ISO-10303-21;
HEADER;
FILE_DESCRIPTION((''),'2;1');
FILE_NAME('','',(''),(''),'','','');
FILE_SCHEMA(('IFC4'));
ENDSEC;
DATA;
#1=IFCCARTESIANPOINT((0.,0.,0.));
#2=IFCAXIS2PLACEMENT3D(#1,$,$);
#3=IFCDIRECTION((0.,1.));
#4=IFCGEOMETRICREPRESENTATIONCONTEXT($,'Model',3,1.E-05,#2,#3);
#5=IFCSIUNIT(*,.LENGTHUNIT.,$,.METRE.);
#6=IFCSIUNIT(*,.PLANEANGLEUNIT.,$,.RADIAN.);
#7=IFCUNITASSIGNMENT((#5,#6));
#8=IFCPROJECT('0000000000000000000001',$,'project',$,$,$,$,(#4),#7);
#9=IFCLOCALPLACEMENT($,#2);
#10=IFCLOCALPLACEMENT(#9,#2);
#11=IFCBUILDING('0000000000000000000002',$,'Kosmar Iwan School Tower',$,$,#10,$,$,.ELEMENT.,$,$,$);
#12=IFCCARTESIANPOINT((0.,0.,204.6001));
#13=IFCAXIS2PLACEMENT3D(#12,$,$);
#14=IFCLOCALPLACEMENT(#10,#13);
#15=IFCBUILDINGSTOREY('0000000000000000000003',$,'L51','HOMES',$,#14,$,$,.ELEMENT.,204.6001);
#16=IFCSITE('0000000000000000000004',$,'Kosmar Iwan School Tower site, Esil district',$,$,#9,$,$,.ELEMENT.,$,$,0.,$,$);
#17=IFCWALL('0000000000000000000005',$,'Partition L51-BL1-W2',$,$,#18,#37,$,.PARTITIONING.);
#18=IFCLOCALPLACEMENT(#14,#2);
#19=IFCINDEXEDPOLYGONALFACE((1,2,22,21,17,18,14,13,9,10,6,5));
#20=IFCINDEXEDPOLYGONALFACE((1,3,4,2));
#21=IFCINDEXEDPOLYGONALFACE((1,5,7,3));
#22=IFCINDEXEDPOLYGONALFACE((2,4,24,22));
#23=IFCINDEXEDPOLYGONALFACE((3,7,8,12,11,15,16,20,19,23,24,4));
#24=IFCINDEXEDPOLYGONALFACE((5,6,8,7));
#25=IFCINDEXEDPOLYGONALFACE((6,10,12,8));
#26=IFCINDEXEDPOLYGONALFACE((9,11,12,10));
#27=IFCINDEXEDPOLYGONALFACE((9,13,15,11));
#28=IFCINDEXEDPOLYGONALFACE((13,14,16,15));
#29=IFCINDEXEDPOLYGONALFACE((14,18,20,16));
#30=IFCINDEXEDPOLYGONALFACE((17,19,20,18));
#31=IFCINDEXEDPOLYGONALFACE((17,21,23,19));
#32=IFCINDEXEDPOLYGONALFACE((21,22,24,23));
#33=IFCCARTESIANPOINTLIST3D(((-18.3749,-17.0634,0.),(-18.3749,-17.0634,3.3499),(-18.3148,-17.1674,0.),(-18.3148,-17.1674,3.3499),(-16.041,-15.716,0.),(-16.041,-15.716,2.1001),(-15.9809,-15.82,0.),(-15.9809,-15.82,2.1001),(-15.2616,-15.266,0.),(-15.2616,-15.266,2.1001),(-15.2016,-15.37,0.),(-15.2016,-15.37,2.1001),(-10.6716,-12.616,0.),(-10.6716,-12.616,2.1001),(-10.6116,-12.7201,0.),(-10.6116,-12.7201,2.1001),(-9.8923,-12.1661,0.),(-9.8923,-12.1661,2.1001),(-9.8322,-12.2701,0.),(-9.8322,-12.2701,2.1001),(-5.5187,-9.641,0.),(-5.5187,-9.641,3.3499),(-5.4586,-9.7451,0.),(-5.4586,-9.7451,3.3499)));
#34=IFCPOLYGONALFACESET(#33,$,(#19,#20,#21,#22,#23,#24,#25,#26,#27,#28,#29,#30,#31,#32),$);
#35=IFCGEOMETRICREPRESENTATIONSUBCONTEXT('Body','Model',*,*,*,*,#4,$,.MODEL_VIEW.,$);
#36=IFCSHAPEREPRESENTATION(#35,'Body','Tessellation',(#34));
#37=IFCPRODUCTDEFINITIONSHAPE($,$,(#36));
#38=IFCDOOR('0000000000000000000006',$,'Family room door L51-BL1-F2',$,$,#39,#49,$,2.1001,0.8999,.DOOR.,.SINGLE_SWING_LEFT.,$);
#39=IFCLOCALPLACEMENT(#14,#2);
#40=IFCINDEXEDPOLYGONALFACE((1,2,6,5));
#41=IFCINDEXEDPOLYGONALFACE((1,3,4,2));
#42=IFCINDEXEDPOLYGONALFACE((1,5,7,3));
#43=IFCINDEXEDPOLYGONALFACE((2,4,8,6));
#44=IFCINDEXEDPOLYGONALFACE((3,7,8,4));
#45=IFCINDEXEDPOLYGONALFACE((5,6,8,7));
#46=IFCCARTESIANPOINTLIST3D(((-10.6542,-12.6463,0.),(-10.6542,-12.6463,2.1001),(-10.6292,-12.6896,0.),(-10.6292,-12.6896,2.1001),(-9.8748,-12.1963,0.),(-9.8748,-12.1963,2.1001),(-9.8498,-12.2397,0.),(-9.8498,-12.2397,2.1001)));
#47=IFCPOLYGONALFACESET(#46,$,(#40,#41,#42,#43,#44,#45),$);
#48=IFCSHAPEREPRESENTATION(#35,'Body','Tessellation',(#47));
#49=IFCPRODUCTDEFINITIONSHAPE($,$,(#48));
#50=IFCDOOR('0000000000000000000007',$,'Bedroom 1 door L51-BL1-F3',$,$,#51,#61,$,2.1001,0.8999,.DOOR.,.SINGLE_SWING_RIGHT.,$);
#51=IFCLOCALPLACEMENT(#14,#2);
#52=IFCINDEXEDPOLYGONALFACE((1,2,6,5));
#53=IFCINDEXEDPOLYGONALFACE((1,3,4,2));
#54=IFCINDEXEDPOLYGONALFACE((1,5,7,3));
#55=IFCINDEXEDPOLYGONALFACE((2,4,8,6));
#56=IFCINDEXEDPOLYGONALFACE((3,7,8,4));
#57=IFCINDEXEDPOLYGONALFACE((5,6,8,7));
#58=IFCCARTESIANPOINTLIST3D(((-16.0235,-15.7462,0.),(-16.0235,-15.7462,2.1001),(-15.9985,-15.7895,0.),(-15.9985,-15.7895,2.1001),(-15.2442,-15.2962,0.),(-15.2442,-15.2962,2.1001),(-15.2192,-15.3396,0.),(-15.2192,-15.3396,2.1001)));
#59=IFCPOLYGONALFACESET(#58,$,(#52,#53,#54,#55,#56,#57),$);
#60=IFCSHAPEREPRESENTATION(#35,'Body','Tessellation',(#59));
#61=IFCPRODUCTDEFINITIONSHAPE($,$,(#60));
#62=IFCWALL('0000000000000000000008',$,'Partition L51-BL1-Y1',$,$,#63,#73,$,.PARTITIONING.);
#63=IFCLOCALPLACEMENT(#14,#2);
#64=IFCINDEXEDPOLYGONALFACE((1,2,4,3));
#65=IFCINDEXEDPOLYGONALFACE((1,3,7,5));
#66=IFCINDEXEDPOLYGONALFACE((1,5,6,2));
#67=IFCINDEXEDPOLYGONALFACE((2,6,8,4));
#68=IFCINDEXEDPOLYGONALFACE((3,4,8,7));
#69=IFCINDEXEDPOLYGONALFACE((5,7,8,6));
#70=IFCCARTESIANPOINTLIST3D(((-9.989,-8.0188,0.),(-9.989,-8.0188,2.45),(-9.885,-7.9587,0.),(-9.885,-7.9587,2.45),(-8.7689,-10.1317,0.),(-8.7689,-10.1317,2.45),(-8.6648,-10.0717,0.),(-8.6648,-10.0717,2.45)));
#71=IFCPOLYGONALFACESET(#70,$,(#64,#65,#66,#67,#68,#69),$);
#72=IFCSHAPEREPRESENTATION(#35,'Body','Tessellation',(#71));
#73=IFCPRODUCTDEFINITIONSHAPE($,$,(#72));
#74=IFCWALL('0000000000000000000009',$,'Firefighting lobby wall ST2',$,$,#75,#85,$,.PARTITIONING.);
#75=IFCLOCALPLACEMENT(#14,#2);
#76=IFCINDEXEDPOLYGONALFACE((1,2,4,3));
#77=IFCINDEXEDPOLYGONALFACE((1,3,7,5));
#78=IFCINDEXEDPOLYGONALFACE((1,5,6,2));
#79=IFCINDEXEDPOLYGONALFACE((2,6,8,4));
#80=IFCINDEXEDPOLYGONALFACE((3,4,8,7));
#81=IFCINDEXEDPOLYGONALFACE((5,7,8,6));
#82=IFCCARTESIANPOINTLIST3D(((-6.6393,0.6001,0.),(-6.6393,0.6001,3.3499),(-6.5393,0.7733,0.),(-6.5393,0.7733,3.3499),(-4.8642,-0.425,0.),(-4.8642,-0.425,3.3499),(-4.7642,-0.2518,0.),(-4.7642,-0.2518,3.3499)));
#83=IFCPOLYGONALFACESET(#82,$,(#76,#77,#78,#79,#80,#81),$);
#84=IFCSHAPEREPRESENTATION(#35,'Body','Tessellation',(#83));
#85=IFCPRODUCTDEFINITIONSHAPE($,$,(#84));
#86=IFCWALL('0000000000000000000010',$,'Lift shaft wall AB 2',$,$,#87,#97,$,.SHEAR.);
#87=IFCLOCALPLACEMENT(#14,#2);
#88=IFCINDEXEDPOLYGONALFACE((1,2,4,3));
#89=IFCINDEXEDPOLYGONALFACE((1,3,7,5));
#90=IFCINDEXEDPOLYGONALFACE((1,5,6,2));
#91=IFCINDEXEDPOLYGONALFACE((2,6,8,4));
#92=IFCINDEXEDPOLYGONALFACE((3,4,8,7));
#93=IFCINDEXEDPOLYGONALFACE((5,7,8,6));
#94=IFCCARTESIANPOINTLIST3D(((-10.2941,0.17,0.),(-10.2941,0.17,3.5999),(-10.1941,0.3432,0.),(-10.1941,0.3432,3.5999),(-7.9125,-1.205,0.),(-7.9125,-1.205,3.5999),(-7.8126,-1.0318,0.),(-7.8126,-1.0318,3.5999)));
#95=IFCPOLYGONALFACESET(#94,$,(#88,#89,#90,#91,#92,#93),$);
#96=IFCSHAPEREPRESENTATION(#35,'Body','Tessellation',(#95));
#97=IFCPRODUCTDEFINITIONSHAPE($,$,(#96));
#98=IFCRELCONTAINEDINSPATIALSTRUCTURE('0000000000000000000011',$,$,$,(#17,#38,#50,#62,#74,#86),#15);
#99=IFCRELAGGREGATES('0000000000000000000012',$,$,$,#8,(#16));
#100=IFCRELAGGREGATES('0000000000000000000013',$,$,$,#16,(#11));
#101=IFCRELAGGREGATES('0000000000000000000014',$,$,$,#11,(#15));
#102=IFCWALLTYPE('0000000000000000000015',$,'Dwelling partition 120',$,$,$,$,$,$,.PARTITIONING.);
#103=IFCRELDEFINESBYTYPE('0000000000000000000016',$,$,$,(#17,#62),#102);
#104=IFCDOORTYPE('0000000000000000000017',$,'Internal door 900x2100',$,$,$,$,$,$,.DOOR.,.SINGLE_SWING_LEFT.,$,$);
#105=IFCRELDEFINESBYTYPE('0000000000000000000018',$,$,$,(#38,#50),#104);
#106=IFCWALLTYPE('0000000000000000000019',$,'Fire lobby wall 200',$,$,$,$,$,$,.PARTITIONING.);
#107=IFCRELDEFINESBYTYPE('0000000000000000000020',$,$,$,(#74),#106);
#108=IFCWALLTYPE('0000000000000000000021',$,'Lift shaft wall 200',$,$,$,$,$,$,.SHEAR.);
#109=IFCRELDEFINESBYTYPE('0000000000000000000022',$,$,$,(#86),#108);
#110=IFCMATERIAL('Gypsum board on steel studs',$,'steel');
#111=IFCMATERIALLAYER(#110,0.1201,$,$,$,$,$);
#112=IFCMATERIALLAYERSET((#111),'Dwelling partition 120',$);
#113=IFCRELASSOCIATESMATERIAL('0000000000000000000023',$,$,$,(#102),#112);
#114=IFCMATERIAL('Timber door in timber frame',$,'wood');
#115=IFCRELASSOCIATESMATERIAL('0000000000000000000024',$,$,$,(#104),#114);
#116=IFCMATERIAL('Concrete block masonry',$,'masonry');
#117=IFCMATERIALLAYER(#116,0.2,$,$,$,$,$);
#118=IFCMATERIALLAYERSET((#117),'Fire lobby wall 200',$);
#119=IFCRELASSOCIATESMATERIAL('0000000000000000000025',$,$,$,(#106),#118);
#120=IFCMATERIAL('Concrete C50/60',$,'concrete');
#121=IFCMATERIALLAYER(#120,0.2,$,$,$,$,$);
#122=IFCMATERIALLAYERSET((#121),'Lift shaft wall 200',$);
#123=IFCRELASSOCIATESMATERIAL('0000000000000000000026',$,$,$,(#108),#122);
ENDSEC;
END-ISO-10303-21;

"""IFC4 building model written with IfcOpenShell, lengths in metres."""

from ifc_helpers import new_model, si_unit, direction, frame, frame_2d, origin, place, context, subcontext, project, spatial, rectangle, extrude, material, layer, layer_set, type_object, element, fill, save


model = new_model("IFC4")

# Units and contexts
model_context = context("Model", 3, precision=1e-05, world=origin(), true_north=direction((0.0, 1.0)))
body_context = subcontext(model_context, "Body", "Model", "MODEL_VIEW")
ifc_project = project(units=[si_unit("LENGTHUNIT", "METRE"), si_unit("PLANEANGLEUNIT", "RADIAN")], contexts=[model_context])

# Site, building, storey
site_placement = place(None, origin())
site = spatial("IfcSite", under=ifc_project, at=site_placement, Name="Kosmar Iwan School Tower site, Esil district", CompositionType="ELEMENT", RefElevation=0.0)
building_placement = place(site_placement, origin())
building = spatial("IfcBuilding", under=site, at=building_placement, Name="Kosmar Iwan School Tower", CompositionType="ELEMENT")
storey_placement = place(building_placement, frame((0.0, 0.0, 204.6001)))
storey = spatial("IfcBuildingStorey", under=building, at=storey_placement, Name="L51", Description="HOMES", CompositionType="ELEMENT", Elevation=204.6001)

# Wall, openings, doors
ifc_material_1 = material(Name="Gypsum board on steel studs", Category="steel")
ifc_layer_1 = layer(ifc_material_1, 0.1201)
ifc_layer_set_1 = layer_set([ifc_layer_1], Name="Dwelling partition 120")
wall_type_1 = type_object("IfcWallType", Name="Dwelling partition 120", PredefinedType="PARTITIONING", material=ifc_layer_set_1)
ifc_material_2 = material(Name="Timber door in timber frame", Category="wood")
door_type_1 = type_object("IfcDoorType", Name="Internal door 900x2100", OperationType="SINGLE_SWING_LEFT", PredefinedType="DOOR", material=ifc_material_2)
wall_1_placement = place(storey_placement, frame((-5.4888, -9.6931, 0.0), z_axis=(0.0, 0.0, 1.0), x_axis=(-0.86603, -0.499992, 0.0)))
wall_1 = element("IfcWall", 1, at=wall_1_placement, inside=storey, type_object=wall_type_1, Name="Partition L51-BL1-W2", PredefinedType="PARTITIONING", context=body_context, shape_type="SweptSolid", body=[
    extrude(rectangle(XDim=14.845, YDim=0.1201, at=frame_2d((7.4224, 0.0))), origin(), (0.0, 0.0, 1.0), 3.3499),
])
opening_1_placement = place(wall_1_placement, frame((5.05, 0.0, 0.0)))
opening_1 = element("IfcOpeningElement", 2, at=opening_1_placement, cuts=wall_1, PredefinedType="OPENING", context=body_context, shape_type="SweptSolid", body=[
    extrude(rectangle(XDim=0.8999, YDim=2.1001, at=frame_2d((0.45, 1.05))), frame((0.0, 0.072, 0.0), z_axis=(0.0, -1.0, 0.0), x_axis=(1.0, 0.0, 0.0)), (0.0, 0.0, 1.0), 0.144),
])
opening_2_placement = place(wall_1_placement, frame((11.25, 0.0, 0.0)))
opening_2 = element("IfcOpeningElement", 3, at=opening_2_placement, cuts=wall_1, PredefinedType="OPENING", context=body_context, shape_type="SweptSolid", body=[
    extrude(rectangle(XDim=0.8999, YDim=2.1001, at=frame_2d((0.45, 1.05))), frame((0.0, 0.072, 0.0), z_axis=(0.0, -1.0, 0.0), x_axis=(1.0, 0.0, 0.0)), (0.0, 0.0, 1.0), 0.144),
])
door_1_placement = place(opening_1_placement, origin())
door_1 = element("IfcDoor", 4, at=door_1_placement, inside=storey, type_object=door_type_1, Name="Family room door L51-BL1-F2", OperationType="SINGLE_SWING_LEFT", OverallHeight=2.1001, OverallWidth=0.8999, PredefinedType="DOOR", context=body_context, shape_type="SweptSolid", body=[
    extrude(rectangle(XDim=0.8999, YDim=2.1001, at=frame_2d((0.45, 1.05))), frame((0.0, 0.0249, 0.0), z_axis=(0.0, -1.0, 0.0), x_axis=(1.0, 0.0, 0.0)), (0.0, 0.0, 1.0), 0.05),
])
fill(opening_1, door_1)
door_2_placement = place(opening_2_placement, origin())
door_2 = element("IfcDoor", 5, at=door_2_placement, inside=storey, type_object=door_type_1, Name="Bedroom 1 door L51-BL1-F3", OperationType="SINGLE_SWING_RIGHT", OverallHeight=2.1001, OverallWidth=0.8999, PredefinedType="DOOR", context=body_context, shape_type="SweptSolid", body=[
    extrude(rectangle(XDim=0.8999, YDim=2.1001, at=frame_2d((0.45, 1.05))), frame((0.0, 0.0249, 0.0), z_axis=(0.0, -1.0, 0.0), x_axis=(1.0, 0.0, 0.0)), (0.0, 0.0, 1.0), 0.05),
])
fill(opening_2, door_2)

# Walls
wall_2_placement = place(storey_placement, frame((-9.937, -7.9888, 0.0), z_axis=(0.0, 0.0, 1.0), x_axis=(0.500078, -0.865981, 0.0)))
element("IfcWall", 6, at=wall_2_placement, inside=storey, type_object=wall_type_1, Name="Partition L51-BL1-Y1", PredefinedType="PARTITIONING", context=body_context, shape_type="SweptSolid", body=[
    extrude(rectangle(XDim=2.4399, YDim=0.1201, at=frame_2d((1.22, 0.0))), origin(), (0.0, 0.0, 1.0), 2.45),
])
ifc_material_3 = material(Name="Concrete block masonry", Category="masonry")
ifc_layer_2 = layer(ifc_material_3, 0.2)
ifc_layer_set_2 = layer_set([ifc_layer_2], Name="Fire lobby wall 200")
wall_type_2 = type_object("IfcWallType", Name="Fire lobby wall 200", PredefinedType="PARTITIONING", material=ifc_layer_set_2)
wall_3_placement = place(storey_placement, frame((-4.8142, -0.3384, 0.0), z_axis=(0.0, 0.0, 1.0), x_axis=(-0.865969, 0.500097, 0.0)))
element("IfcWall", 7, at=wall_3_placement, inside=storey, type_object=wall_type_2, Name="Firefighting lobby wall ST2", PredefinedType="PARTITIONING", context=body_context, shape_type="SweptSolid", body=[
    extrude(rectangle(XDim=2.0498, YDim=0.2, at=frame_2d((1.0249, 0.0))), origin(), (0.0, 0.0, 1.0), 3.3499),
])
ifc_material_4 = material(Name="Concrete C50/60", Category="concrete")
ifc_layer_3 = layer(ifc_material_4, 0.2)
ifc_layer_set_3 = layer_set([ifc_layer_3], Name="Lift shaft wall 200")
wall_type_3 = type_object("IfcWallType", Name="Lift shaft wall 200", PredefinedType="SHEAR", material=ifc_layer_set_3)
wall_4_placement = place(storey_placement, frame((-7.8625, -1.1184, 0.0), z_axis=(0.0, 0.0, 1.0), x_axis=(-0.866027, 0.499997, 0.0)))
element("IfcWall", 8, at=wall_4_placement, inside=storey, type_object=wall_type_3, Name="Lift shaft wall AB 2", PredefinedType="SHEAR", context=body_context, shape_type="SweptSolid", body=[
    extrude(rectangle(XDim=2.75, YDim=0.2, at=frame_2d((1.375, 0.0))), origin(), (0.0, 0.0, 1.0), 3.5999),
])

save(model, "model.ifc")
